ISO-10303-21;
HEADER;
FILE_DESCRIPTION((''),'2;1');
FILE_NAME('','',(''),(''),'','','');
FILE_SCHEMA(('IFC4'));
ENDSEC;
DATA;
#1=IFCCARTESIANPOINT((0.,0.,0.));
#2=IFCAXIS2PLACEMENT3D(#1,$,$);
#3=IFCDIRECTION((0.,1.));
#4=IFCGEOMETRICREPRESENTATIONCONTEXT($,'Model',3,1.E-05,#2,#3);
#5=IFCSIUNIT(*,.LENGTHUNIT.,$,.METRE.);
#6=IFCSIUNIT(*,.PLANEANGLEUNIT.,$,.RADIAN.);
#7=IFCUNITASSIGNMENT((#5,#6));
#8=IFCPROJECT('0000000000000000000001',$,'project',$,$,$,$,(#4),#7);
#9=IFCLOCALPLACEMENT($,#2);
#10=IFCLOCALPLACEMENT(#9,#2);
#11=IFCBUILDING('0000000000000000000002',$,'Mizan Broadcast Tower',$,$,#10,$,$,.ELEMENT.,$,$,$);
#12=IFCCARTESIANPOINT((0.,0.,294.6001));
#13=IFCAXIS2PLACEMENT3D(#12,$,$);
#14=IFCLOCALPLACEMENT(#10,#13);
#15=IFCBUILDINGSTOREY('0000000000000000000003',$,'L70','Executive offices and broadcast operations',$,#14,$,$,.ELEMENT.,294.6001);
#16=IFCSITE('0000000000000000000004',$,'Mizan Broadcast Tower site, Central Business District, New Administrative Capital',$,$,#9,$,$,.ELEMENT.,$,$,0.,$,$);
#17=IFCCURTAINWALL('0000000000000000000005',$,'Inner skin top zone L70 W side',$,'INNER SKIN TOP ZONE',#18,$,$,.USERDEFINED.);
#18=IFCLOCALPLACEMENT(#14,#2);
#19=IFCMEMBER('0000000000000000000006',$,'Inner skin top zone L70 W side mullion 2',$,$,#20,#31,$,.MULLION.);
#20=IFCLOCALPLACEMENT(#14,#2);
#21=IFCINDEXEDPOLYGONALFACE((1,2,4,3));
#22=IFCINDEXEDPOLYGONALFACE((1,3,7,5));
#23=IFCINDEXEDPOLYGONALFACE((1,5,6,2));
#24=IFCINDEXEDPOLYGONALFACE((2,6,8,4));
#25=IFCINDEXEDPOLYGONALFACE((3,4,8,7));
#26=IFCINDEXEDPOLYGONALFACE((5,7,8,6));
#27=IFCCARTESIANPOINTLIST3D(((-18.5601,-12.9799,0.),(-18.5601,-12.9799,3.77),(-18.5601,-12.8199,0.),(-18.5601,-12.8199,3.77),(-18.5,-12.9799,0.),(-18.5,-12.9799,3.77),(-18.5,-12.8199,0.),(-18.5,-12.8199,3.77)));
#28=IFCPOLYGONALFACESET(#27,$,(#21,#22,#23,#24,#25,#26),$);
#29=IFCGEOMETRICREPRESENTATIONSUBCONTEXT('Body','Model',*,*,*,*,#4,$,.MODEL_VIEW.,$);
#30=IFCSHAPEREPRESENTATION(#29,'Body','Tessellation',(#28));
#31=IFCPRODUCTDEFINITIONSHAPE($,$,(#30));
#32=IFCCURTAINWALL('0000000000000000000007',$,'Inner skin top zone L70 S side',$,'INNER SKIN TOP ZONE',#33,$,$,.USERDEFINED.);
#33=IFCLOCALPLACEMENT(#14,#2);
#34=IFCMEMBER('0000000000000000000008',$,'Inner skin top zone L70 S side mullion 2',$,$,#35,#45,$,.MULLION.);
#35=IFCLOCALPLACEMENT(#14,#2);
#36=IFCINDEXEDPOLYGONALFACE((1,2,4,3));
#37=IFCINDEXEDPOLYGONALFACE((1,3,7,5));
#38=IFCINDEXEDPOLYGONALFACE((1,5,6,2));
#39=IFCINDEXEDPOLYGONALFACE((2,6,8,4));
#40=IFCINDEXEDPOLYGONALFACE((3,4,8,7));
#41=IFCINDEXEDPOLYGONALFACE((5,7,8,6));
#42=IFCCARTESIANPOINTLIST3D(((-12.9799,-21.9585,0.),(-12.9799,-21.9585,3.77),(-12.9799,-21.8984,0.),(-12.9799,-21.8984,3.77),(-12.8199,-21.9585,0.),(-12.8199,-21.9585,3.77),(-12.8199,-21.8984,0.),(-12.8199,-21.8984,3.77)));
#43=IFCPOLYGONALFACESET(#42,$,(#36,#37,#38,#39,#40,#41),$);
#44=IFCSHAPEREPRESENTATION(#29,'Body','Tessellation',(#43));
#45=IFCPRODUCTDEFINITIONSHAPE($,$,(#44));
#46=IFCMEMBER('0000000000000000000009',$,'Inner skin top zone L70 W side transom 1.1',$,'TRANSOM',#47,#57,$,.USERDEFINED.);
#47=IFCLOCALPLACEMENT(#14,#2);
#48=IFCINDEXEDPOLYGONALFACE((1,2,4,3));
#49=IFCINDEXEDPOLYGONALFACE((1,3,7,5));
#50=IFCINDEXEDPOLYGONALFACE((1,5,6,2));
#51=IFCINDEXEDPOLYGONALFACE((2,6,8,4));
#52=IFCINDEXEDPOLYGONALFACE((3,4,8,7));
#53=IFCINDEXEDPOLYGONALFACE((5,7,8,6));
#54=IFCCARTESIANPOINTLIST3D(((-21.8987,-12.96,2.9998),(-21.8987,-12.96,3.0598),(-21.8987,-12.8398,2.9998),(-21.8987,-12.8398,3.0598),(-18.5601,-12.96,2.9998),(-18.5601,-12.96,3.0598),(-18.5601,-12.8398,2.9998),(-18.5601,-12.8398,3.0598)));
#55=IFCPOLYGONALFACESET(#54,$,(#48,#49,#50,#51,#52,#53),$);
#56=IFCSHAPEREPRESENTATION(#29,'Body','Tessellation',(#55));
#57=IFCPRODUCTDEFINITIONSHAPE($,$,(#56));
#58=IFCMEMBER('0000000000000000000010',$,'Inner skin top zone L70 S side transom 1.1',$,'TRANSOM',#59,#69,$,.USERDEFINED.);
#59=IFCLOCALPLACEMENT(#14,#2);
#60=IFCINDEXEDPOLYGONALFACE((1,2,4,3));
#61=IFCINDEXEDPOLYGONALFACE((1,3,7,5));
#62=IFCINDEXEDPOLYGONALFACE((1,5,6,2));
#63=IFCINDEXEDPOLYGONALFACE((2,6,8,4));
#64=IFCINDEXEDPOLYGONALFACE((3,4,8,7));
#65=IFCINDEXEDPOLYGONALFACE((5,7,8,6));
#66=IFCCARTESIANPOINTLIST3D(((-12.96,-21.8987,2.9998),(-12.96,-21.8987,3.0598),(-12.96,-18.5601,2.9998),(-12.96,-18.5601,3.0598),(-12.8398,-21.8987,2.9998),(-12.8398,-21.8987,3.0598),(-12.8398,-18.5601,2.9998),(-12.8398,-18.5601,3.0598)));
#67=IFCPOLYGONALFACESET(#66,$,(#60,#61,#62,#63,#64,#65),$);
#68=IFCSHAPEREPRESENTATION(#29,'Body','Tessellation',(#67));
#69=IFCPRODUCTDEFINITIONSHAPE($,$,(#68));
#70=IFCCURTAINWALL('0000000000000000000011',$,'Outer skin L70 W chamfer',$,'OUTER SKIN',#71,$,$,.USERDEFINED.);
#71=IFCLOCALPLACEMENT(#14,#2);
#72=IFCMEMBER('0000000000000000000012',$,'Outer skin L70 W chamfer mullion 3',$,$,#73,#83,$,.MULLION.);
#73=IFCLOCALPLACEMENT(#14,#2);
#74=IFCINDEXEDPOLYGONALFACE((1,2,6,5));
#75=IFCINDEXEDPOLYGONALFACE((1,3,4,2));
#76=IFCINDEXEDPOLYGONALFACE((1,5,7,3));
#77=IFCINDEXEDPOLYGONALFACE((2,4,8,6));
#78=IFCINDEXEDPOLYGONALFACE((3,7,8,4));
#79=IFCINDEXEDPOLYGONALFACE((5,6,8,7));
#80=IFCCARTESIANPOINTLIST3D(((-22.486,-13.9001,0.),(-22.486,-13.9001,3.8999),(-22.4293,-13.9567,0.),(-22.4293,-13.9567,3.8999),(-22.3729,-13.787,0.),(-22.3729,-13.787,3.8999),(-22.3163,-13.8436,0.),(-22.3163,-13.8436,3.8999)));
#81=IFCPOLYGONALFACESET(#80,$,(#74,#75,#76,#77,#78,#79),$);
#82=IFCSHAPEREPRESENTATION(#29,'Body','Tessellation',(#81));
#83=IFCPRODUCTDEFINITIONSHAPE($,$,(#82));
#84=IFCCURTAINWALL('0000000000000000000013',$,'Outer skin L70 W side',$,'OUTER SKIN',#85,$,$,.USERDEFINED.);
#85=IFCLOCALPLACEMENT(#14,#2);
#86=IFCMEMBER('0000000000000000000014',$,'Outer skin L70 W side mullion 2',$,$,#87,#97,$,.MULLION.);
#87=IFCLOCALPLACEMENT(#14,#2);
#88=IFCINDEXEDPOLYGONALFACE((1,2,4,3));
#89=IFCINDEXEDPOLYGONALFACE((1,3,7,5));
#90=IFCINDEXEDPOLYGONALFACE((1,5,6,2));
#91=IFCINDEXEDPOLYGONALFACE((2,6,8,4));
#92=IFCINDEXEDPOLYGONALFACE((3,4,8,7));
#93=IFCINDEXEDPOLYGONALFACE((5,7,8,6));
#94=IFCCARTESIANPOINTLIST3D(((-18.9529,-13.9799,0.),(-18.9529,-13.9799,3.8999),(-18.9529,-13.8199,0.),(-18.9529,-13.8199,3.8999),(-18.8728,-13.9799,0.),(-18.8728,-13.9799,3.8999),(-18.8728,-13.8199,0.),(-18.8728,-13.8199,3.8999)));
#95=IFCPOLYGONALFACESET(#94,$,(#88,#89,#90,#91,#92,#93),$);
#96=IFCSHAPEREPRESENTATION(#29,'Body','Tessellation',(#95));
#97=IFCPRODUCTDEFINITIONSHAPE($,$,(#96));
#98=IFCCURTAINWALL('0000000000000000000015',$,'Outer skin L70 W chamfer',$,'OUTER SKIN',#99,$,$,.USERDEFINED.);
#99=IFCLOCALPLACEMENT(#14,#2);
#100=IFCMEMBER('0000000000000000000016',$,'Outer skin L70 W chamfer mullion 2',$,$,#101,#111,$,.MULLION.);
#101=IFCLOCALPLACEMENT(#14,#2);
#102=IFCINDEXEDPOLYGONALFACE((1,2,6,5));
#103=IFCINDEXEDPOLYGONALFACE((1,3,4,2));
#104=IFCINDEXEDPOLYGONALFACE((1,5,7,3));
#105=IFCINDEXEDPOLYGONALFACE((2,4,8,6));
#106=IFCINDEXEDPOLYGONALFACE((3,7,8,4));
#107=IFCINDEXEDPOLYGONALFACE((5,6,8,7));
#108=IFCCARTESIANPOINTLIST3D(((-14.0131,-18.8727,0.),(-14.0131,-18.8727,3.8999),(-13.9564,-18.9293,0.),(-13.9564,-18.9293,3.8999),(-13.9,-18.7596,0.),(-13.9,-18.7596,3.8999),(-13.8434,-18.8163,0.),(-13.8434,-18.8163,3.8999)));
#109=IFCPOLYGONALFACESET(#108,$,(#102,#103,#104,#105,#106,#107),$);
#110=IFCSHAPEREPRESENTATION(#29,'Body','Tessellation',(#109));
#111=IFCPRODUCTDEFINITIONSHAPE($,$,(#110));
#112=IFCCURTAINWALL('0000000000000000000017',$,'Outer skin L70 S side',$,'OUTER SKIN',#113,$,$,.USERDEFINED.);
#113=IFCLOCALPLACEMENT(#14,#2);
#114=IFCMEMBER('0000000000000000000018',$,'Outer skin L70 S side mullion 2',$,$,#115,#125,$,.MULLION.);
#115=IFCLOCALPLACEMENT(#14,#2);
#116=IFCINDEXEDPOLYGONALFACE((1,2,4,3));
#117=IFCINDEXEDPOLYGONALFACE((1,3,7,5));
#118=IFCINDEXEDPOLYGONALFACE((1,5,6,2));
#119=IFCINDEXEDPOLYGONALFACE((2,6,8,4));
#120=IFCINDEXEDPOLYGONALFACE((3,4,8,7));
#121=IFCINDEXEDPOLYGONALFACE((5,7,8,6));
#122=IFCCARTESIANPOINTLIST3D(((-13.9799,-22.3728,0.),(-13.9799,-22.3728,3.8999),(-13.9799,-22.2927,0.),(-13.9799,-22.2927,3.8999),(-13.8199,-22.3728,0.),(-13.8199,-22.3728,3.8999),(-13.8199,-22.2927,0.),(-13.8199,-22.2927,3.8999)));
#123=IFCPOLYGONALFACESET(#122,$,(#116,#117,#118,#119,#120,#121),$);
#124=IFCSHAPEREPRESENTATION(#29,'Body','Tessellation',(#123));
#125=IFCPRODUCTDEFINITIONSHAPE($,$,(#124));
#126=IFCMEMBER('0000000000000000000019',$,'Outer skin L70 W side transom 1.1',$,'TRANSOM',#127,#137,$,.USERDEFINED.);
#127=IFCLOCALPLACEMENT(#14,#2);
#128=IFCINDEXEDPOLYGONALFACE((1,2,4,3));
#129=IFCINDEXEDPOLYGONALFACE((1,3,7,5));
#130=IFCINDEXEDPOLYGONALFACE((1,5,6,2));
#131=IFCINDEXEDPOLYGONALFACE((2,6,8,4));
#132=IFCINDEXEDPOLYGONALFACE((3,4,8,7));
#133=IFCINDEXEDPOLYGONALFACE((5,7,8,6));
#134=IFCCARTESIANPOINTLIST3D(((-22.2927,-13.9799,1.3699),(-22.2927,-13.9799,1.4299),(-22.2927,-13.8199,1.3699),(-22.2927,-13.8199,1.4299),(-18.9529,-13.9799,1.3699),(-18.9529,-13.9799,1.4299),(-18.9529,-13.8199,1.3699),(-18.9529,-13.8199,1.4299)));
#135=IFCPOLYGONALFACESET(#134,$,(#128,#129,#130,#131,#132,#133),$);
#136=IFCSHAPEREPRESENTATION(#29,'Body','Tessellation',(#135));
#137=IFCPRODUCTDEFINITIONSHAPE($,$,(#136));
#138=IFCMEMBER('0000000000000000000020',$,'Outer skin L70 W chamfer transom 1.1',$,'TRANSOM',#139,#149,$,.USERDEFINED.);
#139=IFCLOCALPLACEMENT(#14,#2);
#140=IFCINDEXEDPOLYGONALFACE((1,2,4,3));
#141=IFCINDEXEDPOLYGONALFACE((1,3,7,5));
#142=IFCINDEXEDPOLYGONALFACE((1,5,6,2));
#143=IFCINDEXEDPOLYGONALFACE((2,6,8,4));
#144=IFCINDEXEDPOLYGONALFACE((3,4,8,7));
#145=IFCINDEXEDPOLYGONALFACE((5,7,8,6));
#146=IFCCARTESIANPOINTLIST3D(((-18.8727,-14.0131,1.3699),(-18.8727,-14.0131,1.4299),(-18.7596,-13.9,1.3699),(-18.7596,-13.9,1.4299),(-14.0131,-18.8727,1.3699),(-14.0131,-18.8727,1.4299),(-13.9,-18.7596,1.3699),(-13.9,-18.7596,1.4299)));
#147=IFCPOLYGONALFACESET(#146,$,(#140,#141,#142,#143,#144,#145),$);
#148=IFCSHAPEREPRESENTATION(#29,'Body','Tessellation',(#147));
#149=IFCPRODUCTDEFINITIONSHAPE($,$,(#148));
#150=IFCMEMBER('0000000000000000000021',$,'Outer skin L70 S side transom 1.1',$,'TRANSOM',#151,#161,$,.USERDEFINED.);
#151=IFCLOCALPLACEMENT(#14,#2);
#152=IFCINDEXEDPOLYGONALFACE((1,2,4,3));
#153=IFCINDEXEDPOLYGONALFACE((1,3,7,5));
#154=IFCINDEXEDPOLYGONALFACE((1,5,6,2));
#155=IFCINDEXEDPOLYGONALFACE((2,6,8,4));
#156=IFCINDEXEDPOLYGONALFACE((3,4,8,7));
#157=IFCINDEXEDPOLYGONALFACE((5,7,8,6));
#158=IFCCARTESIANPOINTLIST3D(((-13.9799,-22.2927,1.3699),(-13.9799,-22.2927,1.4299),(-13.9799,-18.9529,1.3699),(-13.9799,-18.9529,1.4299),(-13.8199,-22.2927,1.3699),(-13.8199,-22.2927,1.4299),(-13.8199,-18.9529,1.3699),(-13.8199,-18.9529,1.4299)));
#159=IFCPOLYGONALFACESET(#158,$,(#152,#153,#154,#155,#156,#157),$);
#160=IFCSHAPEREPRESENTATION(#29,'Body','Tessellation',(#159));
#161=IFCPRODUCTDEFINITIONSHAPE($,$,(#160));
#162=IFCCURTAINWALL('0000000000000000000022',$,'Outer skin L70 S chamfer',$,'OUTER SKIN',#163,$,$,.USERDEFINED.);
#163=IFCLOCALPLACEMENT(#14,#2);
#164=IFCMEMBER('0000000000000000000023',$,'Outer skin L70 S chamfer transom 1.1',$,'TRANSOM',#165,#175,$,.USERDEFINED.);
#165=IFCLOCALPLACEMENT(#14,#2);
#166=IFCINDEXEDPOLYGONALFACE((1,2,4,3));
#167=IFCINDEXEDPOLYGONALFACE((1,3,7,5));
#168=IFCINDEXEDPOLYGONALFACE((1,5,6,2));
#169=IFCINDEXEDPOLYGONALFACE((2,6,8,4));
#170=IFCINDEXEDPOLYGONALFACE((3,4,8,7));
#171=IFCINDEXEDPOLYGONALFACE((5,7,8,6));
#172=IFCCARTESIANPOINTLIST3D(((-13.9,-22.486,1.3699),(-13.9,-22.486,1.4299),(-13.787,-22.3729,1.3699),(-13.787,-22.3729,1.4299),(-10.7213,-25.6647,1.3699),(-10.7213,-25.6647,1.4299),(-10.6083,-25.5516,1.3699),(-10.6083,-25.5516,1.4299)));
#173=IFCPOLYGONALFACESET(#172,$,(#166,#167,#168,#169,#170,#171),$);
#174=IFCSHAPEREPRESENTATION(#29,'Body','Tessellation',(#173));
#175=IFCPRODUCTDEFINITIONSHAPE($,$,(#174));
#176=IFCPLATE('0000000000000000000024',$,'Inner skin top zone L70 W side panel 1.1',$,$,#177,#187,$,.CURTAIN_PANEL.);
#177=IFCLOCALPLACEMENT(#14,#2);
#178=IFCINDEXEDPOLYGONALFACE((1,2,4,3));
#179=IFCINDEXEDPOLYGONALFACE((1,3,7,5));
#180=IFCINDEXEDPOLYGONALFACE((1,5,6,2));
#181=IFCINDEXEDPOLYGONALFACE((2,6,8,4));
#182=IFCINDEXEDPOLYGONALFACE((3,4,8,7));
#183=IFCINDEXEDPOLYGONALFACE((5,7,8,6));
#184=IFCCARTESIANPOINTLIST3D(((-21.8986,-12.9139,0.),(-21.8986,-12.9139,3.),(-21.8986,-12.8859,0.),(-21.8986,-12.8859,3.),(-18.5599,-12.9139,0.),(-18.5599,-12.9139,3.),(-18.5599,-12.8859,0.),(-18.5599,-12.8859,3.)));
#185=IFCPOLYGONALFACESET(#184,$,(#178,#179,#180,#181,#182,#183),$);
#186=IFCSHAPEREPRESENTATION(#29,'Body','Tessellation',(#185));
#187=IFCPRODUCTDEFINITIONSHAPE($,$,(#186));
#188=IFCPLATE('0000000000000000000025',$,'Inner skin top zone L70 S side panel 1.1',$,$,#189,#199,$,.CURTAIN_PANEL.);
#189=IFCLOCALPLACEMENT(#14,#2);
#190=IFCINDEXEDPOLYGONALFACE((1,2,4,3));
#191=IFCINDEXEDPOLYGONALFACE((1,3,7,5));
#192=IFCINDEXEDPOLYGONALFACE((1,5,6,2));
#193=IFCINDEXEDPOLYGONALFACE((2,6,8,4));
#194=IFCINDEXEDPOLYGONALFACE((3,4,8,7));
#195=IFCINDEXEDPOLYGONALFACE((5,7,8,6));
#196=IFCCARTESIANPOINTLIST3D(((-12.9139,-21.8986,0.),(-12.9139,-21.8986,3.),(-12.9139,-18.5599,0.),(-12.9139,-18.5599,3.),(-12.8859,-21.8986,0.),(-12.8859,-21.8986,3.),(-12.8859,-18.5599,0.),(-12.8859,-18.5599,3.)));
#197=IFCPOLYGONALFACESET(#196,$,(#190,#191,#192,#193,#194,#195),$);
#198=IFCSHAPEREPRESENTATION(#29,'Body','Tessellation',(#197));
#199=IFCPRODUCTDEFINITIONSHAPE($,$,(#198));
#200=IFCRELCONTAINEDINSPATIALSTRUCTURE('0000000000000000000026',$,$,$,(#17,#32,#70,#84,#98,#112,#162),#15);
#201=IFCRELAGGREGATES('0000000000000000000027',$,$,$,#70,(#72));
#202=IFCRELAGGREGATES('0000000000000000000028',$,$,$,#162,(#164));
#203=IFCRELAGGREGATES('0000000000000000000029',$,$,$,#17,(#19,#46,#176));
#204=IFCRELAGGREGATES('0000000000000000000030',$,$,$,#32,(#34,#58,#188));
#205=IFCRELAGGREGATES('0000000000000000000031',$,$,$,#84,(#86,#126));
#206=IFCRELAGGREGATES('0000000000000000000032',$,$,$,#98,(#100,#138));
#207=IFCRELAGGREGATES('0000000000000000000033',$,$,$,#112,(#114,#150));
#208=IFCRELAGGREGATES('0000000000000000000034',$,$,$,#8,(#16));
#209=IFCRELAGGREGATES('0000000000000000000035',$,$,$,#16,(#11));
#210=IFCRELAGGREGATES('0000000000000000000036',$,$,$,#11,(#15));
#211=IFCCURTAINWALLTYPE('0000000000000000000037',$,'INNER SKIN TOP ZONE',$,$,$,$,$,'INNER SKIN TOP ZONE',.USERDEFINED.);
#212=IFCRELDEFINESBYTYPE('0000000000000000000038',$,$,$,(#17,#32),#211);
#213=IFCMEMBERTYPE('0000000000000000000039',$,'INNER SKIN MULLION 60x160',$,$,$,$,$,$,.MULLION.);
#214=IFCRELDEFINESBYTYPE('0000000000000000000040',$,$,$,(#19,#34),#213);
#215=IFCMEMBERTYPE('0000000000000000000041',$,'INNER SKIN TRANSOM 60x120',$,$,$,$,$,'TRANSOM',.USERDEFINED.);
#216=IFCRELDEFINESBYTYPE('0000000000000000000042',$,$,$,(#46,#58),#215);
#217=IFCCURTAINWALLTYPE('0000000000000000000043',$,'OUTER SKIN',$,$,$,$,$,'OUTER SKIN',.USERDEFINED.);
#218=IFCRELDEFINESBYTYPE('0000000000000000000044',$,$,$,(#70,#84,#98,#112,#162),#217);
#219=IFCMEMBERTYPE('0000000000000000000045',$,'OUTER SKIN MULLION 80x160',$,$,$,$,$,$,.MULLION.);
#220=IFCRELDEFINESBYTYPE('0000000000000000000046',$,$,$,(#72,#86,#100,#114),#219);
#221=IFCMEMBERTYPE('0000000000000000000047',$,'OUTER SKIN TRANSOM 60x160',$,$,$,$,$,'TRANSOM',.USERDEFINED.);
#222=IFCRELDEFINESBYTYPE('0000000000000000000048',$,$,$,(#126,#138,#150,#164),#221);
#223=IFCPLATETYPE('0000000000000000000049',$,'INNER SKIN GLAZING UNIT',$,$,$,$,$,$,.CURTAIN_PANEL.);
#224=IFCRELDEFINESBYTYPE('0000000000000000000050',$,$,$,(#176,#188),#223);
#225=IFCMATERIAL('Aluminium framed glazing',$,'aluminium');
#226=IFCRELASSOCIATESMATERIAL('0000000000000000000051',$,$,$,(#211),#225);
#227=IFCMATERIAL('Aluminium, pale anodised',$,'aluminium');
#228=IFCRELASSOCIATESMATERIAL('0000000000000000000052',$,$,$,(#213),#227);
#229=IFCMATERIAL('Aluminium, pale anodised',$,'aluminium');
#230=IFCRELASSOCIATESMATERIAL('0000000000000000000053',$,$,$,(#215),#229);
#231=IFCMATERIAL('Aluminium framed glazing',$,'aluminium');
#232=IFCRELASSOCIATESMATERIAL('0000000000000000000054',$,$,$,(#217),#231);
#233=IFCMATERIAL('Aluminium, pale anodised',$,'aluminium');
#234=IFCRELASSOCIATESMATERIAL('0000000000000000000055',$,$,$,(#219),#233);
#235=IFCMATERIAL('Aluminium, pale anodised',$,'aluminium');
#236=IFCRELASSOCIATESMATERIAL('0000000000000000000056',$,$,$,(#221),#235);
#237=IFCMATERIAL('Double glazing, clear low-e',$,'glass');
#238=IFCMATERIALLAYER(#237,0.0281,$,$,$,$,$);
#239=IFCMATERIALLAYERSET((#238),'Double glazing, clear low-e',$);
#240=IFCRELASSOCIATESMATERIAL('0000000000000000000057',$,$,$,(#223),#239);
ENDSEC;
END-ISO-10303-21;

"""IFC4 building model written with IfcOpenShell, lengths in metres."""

from ifc_helpers import new_model, si_unit, direction, frame, origin, origin_2d, place, context, subcontext, project, spatial, rectangle, extrude, material, layer, layer_set, material_profile, profile_set, type_object, element, aggregate, save


model = new_model("IFC4")

# Units and contexts
model_context = context("Model", 3, precision=1e-05, world=origin(), true_north=direction((0.0, 1.0)))
body_context = subcontext(model_context, "Body", "Model", "MODEL_VIEW")
ifc_project = project(units=[si_unit("LENGTHUNIT", "METRE"), si_unit("PLANEANGLEUNIT", "RADIAN")], contexts=[model_context])

# Site, building, storey
site_placement = place(None, origin())
site = spatial("IfcSite", under=ifc_project, at=site_placement, Name="Mizan Broadcast Tower site, Central Business District, New Administrative Capital", CompositionType="ELEMENT", RefElevation=0.0)
building_placement = place(site_placement, origin())
building = spatial("IfcBuilding", under=site, at=building_placement, Name="Mizan Broadcast Tower", CompositionType="ELEMENT")
storey_placement = place(building_placement, frame((0.0, 0.0, 294.6001)))
storey = spatial("IfcBuildingStorey", under=building, at=storey_placement, Name="L70", Description="Executive offices and broadcast operations", CompositionType="ELEMENT", Elevation=294.6001)

# Curtain walls, members
ifc_material_1 = material(Name="Aluminium framed glazing", Category="aluminium")
curtain_wall_type_1 = type_object("IfcCurtainWallType", Name="INNER SKIN TOP ZONE", ElementType="INNER SKIN TOP ZONE", PredefinedType="USERDEFINED", material=ifc_material_1)
curtain_wall_1_placement = place(storey_placement, origin())
curtain_wall_1 = element("IfcCurtainWall", 1, at=curtain_wall_1_placement, inside=storey, type_object=curtain_wall_type_1, Name="Inner skin top zone L70 W side", ObjectType="INNER SKIN TOP ZONE", PredefinedType="USERDEFINED")
ifc_material_2 = material(Name="Aluminium, pale anodised", Category="aluminium")
ifc_material_profile_1 = material_profile(ifc_material_2, rectangle(XDim=0.1599, YDim=0.0601, at=origin_2d()), Name="MULLION 160x60")
ifc_profile_set_1 = profile_set([ifc_material_profile_1], Name="Aluminium, pale anodised")
member_type_1 = type_object("IfcMemberType", Name="INNER SKIN MULLION 60x160", PredefinedType="MULLION", material=ifc_profile_set_1)
member_1_placement = place(storey_placement, frame((-18.53, -12.8999, 0.0), z_axis=(0.0, 0.0, 1.0), x_axis=(0.0, 1.0, 0.0)))
member_1 = element("IfcMember", 2, at=member_1_placement, type_object=member_type_1, Name="Inner skin top zone L70 W side mullion 2", PredefinedType="MULLION", context=body_context, shape_type="SweptSolid", body=[
    extrude(rectangle(XDim=0.1599, YDim=0.0601, at=origin_2d()), origin(), (0.0, 0.0, 1.0), 3.77),
])
curtain_wall_2_placement = place(storey_placement, origin())
curtain_wall_2 = element("IfcCurtainWall", 3, at=curtain_wall_2_placement, inside=storey, type_object=curtain_wall_type_1, Name="Inner skin top zone L70 S side", ObjectType="INNER SKIN TOP ZONE", PredefinedType="USERDEFINED")
member_2_placement = place(storey_placement, frame((-12.8999, -21.9285, 0.0), z_axis=(0.0, 0.0, 1.0), x_axis=(1.0, 0.0, 0.0)))
member_2 = element("IfcMember", 4, at=member_2_placement, type_object=member_type_1, Name="Inner skin top zone L70 S side mullion 2", PredefinedType="MULLION", context=body_context, shape_type="SweptSolid", body=[
    extrude(rectangle(XDim=0.1599, YDim=0.0601, at=origin_2d()), origin(), (0.0, 0.0, 1.0), 3.77),
])

# Members
ifc_material_3 = material(Name="Aluminium, pale anodised", Category="aluminium")
ifc_material_profile_2 = material_profile(ifc_material_3, rectangle(XDim=0.1201, YDim=0.0601, at=origin_2d()), Name="TRANSOM 120x60")
ifc_profile_set_2 = profile_set([ifc_material_profile_2], Name="Aluminium, pale anodised")
member_type_2 = type_object("IfcMemberType", Name="INNER SKIN TRANSOM 60x120", ElementType="TRANSOM", PredefinedType="USERDEFINED", material=ifc_profile_set_2)
member_3_placement = place(storey_placement, frame((-21.8987, -12.8999, 3.0298), z_axis=(1.0, 0.0, 0.0), x_axis=(0.0, 1.0, 0.0)))
member_3 = element("IfcMember", 5, at=member_3_placement, type_object=member_type_2, Name="Inner skin top zone L70 W side transom 1.1", ObjectType="TRANSOM", PredefinedType="USERDEFINED", context=body_context, shape_type="SweptSolid", body=[
    extrude(rectangle(XDim=0.1201, YDim=0.0601, at=origin_2d()), origin(), (0.0, 0.0, 1.0), 3.3386),
])
member_4_placement = place(storey_placement, frame((-12.8999, -18.5601, 3.0298), z_axis=(0.0, -1.0, 0.0), x_axis=(1.0, 0.0, 0.0)))
member_4 = element("IfcMember", 6, at=member_4_placement, type_object=member_type_2, Name="Inner skin top zone L70 S side transom 1.1", ObjectType="TRANSOM", PredefinedType="USERDEFINED", context=body_context, shape_type="SweptSolid", body=[
    extrude(rectangle(XDim=0.1201, YDim=0.0601, at=origin_2d()), origin(), (0.0, 0.0, 1.0), 3.3386),
])

# Curtain walls, members
ifc_material_4 = material(Name="Aluminium framed glazing", Category="aluminium")
curtain_wall_type_2 = type_object("IfcCurtainWallType", Name="OUTER SKIN", ElementType="OUTER SKIN", PredefinedType="USERDEFINED", material=ifc_material_4)
curtain_wall_3_placement = place(storey_placement, origin())
curtain_wall_3 = element("IfcCurtainWall", 7, at=curtain_wall_3_placement, inside=storey, type_object=curtain_wall_type_2, Name="Outer skin L70 W chamfer", ObjectType="OUTER SKIN", PredefinedType="USERDEFINED")
ifc_material_5 = material(Name="Aluminium, pale anodised", Category="aluminium")
ifc_material_profile_3 = material_profile(ifc_material_5, rectangle(XDim=0.1599, YDim=0.0801, at=origin_2d()), Name="MULLION 160x80")
ifc_profile_set_3 = profile_set([ifc_material_profile_3], Name="Aluminium, pale anodised")
member_type_3 = type_object("IfcMemberType", Name="OUTER SKIN MULLION 80x160", PredefinedType="MULLION", material=ifc_profile_set_3)
member_5_placement = place(storey_placement, frame((-22.4011, -13.8718, 0.0), z_axis=(0.0, 0.0, 1.0), x_axis=(0.707107, 0.707107, 0.0)))
member_5 = element("IfcMember", 8, at=member_5_placement, type_object=member_type_3, Name="Outer skin L70 W chamfer mullion 3", PredefinedType="MULLION", context=body_context, shape_type="SweptSolid", body=[
    extrude(rectangle(XDim=0.1599, YDim=0.0801, at=origin_2d()), origin(), (0.0, 0.0, 1.0), 3.8999),
])
aggregate(curtain_wall_3, [member_5])
curtain_wall_4_placement = place(storey_placement, origin())
curtain_wall_4 = element("IfcCurtainWall", 9, at=curtain_wall_4_placement, inside=storey, type_object=curtain_wall_type_2, Name="Outer skin L70 W side", ObjectType="OUTER SKIN", PredefinedType="USERDEFINED")
member_6_placement = place(storey_placement, frame((-18.9128, -13.8999, 0.0), z_axis=(0.0, 0.0, 1.0), x_axis=(0.0, 1.0, 0.0)))
member_6 = element("IfcMember", 10, at=member_6_placement, type_object=member_type_3, Name="Outer skin L70 W side mullion 2", PredefinedType="MULLION", context=body_context, shape_type="SweptSolid", body=[
    extrude(rectangle(XDim=0.1599, YDim=0.0801, at=origin_2d()), origin(), (0.0, 0.0, 1.0), 3.8999),
])
curtain_wall_5_placement = place(storey_placement, origin())
curtain_wall_5 = element("IfcCurtainWall", 11, at=curtain_wall_5_placement, inside=storey, type_object=curtain_wall_type_2, Name="Outer skin L70 W chamfer", ObjectType="OUTER SKIN", PredefinedType="USERDEFINED")
member_7_placement = place(storey_placement, frame((-13.9282, -18.8445, 0.0), z_axis=(0.0, 0.0, 1.0), x_axis=(0.707107, 0.707107, 0.0)))
member_7 = element("IfcMember", 12, at=member_7_placement, type_object=member_type_3, Name="Outer skin L70 W chamfer mullion 2", PredefinedType="MULLION", context=body_context, shape_type="SweptSolid", body=[
    extrude(rectangle(XDim=0.1599, YDim=0.0801, at=origin_2d()), origin(), (0.0, 0.0, 1.0), 3.8999),
])
curtain_wall_6_placement = place(storey_placement, origin())
curtain_wall_6 = element("IfcCurtainWall", 13, at=curtain_wall_6_placement, inside=storey, type_object=curtain_wall_type_2, Name="Outer skin L70 S side", ObjectType="OUTER SKIN", PredefinedType="USERDEFINED")
member_8_placement = place(storey_placement, frame((-13.8999, -22.3328, 0.0), z_axis=(0.0, 0.0, 1.0), x_axis=(1.0, 0.0, 0.0)))
member_8 = element("IfcMember", 14, at=member_8_placement, type_object=member_type_3, Name="Outer skin L70 S side mullion 2", PredefinedType="MULLION", context=body_context, shape_type="SweptSolid", body=[
    extrude(rectangle(XDim=0.1599, YDim=0.0801, at=origin_2d()), origin(), (0.0, 0.0, 1.0), 3.8999),
])

# Members
ifc_material_6 = material(Name="Aluminium, pale anodised", Category="aluminium")
ifc_material_profile_4 = material_profile(ifc_material_6, rectangle(XDim=0.1599, YDim=0.0601, at=origin_2d()), Name="TRANSOM 160x60")
ifc_profile_set_4 = profile_set([ifc_material_profile_4], Name="Aluminium, pale anodised")
member_type_4 = type_object("IfcMemberType", Name="OUTER SKIN TRANSOM 60x160", ElementType="TRANSOM", PredefinedType="USERDEFINED", material=ifc_profile_set_4)
member_9_placement = place(storey_placement, frame((-22.2927, -13.8999, 1.3999), z_axis=(1.0, 0.0, 0.0), x_axis=(0.0, 1.0, 0.0)))
member_9 = element("IfcMember", 15, at=member_9_placement, type_object=member_type_4, Name="Outer skin L70 W side transom 1.1", ObjectType="TRANSOM", PredefinedType="USERDEFINED", context=body_context, shape_type="SweptSolid", body=[
    extrude(rectangle(XDim=0.1599, YDim=0.0601, at=origin_2d()), origin(), (0.0, 0.0, 1.0), 3.3398),
])
member_10_placement = place(storey_placement, frame((-18.8162, -13.9565, 1.3999), z_axis=(0.707107, -0.707107, 0.0), x_axis=(0.707107, 0.707107, 0.0)))
member_10 = element("IfcMember", 16, at=member_10_placement, type_object=member_type_4, Name="Outer skin L70 W chamfer transom 1.1", ObjectType="TRANSOM", PredefinedType="USERDEFINED", context=body_context, shape_type="SweptSolid", body=[
    extrude(rectangle(XDim=0.1599, YDim=0.0601, at=origin_2d()), origin(), (0.0, 0.0, 1.0), 6.8726),
])
member_11_placement = place(storey_placement, frame((-13.8999, -18.9529, 1.3999), z_axis=(0.0, -1.0, 0.0), x_axis=(1.0, 0.0, 0.0)))
member_11 = element("IfcMember", 17, at=member_11_placement, type_object=member_type_4, Name="Outer skin L70 S side transom 1.1", ObjectType="TRANSOM", PredefinedType="USERDEFINED", context=body_context, shape_type="SweptSolid", body=[
    extrude(rectangle(XDim=0.1599, YDim=0.0601, at=origin_2d()), origin(), (0.0, 0.0, 1.0), 3.3398),
])

# Curtain wall, member
curtain_wall_7_placement = place(storey_placement, origin())
curtain_wall_7 = element("IfcCurtainWall", 18, at=curtain_wall_7_placement, inside=storey, type_object=curtain_wall_type_2, Name="Outer skin L70 S chamfer", ObjectType="OUTER SKIN", PredefinedType="USERDEFINED")
member_12_placement = place(storey_placement, frame((-13.8435, -22.4294, 1.3999), z_axis=(0.707107, -0.707107, 0.0), x_axis=(0.707107, 0.707107, 0.0)))
member_12 = element("IfcMember", 19, at=member_12_placement, type_object=member_type_4, Name="Outer skin L70 S chamfer transom 1.1", ObjectType="TRANSOM", PredefinedType="USERDEFINED", context=body_context, shape_type="SweptSolid", body=[
    extrude(rectangle(XDim=0.1599, YDim=0.0601, at=origin_2d()), origin(), (0.0, 0.0, 1.0), 4.4954),
])
aggregate(curtain_wall_7, [member_12])

# Plates
ifc_material_7 = material(Name="Double glazing, clear low-e", Category="glass")
ifc_layer_1 = layer(ifc_material_7, 0.0281)
ifc_layer_set_1 = layer_set([ifc_layer_1], Name="Double glazing, clear low-e")
plate_type_1 = type_object("IfcPlateType", Name="INNER SKIN GLAZING UNIT", PredefinedType="CURTAIN_PANEL", material=ifc_layer_set_1)
plate_1_placement = place(storey_placement, frame((-20.2292, -12.8999, 0.0), z_axis=(0.0, 0.0, 1.0), x_axis=(1.0, 0.0, 0.0)))
plate_1 = element("IfcPlate", 20, at=plate_1_placement, type_object=plate_type_1, Name="Inner skin top zone L70 W side panel 1.1", PredefinedType="CURTAIN_PANEL", context=body_context, shape_type="SweptSolid", body=[
    extrude(rectangle(XDim=3.3386, YDim=0.0281, at=origin_2d()), origin(), (0.0, 0.0, 1.0), 3.0),
])
plate_2_placement = place(storey_placement, frame((-12.8999, -20.2292, 0.0), z_axis=(0.0, 0.0, 1.0), x_axis=(0.0, -1.0, 0.0)))
plate_2 = element("IfcPlate", 21, at=plate_2_placement, type_object=plate_type_1, Name="Inner skin top zone L70 S side panel 1.1", PredefinedType="CURTAIN_PANEL", context=body_context, shape_type="SweptSolid", body=[
    extrude(rectangle(XDim=3.3386, YDim=0.0281, at=origin_2d()), origin(), (0.0, 0.0, 1.0), 3.0),
])
aggregate(curtain_wall_1, [member_1, member_3, plate_1])
aggregate(curtain_wall_2, [member_2, member_4, plate_2])
aggregate(curtain_wall_4, [member_6, member_9])
aggregate(curtain_wall_5, [member_7, member_10])
aggregate(curtain_wall_6, [member_8, member_11])

save(model, "model.ifc")
